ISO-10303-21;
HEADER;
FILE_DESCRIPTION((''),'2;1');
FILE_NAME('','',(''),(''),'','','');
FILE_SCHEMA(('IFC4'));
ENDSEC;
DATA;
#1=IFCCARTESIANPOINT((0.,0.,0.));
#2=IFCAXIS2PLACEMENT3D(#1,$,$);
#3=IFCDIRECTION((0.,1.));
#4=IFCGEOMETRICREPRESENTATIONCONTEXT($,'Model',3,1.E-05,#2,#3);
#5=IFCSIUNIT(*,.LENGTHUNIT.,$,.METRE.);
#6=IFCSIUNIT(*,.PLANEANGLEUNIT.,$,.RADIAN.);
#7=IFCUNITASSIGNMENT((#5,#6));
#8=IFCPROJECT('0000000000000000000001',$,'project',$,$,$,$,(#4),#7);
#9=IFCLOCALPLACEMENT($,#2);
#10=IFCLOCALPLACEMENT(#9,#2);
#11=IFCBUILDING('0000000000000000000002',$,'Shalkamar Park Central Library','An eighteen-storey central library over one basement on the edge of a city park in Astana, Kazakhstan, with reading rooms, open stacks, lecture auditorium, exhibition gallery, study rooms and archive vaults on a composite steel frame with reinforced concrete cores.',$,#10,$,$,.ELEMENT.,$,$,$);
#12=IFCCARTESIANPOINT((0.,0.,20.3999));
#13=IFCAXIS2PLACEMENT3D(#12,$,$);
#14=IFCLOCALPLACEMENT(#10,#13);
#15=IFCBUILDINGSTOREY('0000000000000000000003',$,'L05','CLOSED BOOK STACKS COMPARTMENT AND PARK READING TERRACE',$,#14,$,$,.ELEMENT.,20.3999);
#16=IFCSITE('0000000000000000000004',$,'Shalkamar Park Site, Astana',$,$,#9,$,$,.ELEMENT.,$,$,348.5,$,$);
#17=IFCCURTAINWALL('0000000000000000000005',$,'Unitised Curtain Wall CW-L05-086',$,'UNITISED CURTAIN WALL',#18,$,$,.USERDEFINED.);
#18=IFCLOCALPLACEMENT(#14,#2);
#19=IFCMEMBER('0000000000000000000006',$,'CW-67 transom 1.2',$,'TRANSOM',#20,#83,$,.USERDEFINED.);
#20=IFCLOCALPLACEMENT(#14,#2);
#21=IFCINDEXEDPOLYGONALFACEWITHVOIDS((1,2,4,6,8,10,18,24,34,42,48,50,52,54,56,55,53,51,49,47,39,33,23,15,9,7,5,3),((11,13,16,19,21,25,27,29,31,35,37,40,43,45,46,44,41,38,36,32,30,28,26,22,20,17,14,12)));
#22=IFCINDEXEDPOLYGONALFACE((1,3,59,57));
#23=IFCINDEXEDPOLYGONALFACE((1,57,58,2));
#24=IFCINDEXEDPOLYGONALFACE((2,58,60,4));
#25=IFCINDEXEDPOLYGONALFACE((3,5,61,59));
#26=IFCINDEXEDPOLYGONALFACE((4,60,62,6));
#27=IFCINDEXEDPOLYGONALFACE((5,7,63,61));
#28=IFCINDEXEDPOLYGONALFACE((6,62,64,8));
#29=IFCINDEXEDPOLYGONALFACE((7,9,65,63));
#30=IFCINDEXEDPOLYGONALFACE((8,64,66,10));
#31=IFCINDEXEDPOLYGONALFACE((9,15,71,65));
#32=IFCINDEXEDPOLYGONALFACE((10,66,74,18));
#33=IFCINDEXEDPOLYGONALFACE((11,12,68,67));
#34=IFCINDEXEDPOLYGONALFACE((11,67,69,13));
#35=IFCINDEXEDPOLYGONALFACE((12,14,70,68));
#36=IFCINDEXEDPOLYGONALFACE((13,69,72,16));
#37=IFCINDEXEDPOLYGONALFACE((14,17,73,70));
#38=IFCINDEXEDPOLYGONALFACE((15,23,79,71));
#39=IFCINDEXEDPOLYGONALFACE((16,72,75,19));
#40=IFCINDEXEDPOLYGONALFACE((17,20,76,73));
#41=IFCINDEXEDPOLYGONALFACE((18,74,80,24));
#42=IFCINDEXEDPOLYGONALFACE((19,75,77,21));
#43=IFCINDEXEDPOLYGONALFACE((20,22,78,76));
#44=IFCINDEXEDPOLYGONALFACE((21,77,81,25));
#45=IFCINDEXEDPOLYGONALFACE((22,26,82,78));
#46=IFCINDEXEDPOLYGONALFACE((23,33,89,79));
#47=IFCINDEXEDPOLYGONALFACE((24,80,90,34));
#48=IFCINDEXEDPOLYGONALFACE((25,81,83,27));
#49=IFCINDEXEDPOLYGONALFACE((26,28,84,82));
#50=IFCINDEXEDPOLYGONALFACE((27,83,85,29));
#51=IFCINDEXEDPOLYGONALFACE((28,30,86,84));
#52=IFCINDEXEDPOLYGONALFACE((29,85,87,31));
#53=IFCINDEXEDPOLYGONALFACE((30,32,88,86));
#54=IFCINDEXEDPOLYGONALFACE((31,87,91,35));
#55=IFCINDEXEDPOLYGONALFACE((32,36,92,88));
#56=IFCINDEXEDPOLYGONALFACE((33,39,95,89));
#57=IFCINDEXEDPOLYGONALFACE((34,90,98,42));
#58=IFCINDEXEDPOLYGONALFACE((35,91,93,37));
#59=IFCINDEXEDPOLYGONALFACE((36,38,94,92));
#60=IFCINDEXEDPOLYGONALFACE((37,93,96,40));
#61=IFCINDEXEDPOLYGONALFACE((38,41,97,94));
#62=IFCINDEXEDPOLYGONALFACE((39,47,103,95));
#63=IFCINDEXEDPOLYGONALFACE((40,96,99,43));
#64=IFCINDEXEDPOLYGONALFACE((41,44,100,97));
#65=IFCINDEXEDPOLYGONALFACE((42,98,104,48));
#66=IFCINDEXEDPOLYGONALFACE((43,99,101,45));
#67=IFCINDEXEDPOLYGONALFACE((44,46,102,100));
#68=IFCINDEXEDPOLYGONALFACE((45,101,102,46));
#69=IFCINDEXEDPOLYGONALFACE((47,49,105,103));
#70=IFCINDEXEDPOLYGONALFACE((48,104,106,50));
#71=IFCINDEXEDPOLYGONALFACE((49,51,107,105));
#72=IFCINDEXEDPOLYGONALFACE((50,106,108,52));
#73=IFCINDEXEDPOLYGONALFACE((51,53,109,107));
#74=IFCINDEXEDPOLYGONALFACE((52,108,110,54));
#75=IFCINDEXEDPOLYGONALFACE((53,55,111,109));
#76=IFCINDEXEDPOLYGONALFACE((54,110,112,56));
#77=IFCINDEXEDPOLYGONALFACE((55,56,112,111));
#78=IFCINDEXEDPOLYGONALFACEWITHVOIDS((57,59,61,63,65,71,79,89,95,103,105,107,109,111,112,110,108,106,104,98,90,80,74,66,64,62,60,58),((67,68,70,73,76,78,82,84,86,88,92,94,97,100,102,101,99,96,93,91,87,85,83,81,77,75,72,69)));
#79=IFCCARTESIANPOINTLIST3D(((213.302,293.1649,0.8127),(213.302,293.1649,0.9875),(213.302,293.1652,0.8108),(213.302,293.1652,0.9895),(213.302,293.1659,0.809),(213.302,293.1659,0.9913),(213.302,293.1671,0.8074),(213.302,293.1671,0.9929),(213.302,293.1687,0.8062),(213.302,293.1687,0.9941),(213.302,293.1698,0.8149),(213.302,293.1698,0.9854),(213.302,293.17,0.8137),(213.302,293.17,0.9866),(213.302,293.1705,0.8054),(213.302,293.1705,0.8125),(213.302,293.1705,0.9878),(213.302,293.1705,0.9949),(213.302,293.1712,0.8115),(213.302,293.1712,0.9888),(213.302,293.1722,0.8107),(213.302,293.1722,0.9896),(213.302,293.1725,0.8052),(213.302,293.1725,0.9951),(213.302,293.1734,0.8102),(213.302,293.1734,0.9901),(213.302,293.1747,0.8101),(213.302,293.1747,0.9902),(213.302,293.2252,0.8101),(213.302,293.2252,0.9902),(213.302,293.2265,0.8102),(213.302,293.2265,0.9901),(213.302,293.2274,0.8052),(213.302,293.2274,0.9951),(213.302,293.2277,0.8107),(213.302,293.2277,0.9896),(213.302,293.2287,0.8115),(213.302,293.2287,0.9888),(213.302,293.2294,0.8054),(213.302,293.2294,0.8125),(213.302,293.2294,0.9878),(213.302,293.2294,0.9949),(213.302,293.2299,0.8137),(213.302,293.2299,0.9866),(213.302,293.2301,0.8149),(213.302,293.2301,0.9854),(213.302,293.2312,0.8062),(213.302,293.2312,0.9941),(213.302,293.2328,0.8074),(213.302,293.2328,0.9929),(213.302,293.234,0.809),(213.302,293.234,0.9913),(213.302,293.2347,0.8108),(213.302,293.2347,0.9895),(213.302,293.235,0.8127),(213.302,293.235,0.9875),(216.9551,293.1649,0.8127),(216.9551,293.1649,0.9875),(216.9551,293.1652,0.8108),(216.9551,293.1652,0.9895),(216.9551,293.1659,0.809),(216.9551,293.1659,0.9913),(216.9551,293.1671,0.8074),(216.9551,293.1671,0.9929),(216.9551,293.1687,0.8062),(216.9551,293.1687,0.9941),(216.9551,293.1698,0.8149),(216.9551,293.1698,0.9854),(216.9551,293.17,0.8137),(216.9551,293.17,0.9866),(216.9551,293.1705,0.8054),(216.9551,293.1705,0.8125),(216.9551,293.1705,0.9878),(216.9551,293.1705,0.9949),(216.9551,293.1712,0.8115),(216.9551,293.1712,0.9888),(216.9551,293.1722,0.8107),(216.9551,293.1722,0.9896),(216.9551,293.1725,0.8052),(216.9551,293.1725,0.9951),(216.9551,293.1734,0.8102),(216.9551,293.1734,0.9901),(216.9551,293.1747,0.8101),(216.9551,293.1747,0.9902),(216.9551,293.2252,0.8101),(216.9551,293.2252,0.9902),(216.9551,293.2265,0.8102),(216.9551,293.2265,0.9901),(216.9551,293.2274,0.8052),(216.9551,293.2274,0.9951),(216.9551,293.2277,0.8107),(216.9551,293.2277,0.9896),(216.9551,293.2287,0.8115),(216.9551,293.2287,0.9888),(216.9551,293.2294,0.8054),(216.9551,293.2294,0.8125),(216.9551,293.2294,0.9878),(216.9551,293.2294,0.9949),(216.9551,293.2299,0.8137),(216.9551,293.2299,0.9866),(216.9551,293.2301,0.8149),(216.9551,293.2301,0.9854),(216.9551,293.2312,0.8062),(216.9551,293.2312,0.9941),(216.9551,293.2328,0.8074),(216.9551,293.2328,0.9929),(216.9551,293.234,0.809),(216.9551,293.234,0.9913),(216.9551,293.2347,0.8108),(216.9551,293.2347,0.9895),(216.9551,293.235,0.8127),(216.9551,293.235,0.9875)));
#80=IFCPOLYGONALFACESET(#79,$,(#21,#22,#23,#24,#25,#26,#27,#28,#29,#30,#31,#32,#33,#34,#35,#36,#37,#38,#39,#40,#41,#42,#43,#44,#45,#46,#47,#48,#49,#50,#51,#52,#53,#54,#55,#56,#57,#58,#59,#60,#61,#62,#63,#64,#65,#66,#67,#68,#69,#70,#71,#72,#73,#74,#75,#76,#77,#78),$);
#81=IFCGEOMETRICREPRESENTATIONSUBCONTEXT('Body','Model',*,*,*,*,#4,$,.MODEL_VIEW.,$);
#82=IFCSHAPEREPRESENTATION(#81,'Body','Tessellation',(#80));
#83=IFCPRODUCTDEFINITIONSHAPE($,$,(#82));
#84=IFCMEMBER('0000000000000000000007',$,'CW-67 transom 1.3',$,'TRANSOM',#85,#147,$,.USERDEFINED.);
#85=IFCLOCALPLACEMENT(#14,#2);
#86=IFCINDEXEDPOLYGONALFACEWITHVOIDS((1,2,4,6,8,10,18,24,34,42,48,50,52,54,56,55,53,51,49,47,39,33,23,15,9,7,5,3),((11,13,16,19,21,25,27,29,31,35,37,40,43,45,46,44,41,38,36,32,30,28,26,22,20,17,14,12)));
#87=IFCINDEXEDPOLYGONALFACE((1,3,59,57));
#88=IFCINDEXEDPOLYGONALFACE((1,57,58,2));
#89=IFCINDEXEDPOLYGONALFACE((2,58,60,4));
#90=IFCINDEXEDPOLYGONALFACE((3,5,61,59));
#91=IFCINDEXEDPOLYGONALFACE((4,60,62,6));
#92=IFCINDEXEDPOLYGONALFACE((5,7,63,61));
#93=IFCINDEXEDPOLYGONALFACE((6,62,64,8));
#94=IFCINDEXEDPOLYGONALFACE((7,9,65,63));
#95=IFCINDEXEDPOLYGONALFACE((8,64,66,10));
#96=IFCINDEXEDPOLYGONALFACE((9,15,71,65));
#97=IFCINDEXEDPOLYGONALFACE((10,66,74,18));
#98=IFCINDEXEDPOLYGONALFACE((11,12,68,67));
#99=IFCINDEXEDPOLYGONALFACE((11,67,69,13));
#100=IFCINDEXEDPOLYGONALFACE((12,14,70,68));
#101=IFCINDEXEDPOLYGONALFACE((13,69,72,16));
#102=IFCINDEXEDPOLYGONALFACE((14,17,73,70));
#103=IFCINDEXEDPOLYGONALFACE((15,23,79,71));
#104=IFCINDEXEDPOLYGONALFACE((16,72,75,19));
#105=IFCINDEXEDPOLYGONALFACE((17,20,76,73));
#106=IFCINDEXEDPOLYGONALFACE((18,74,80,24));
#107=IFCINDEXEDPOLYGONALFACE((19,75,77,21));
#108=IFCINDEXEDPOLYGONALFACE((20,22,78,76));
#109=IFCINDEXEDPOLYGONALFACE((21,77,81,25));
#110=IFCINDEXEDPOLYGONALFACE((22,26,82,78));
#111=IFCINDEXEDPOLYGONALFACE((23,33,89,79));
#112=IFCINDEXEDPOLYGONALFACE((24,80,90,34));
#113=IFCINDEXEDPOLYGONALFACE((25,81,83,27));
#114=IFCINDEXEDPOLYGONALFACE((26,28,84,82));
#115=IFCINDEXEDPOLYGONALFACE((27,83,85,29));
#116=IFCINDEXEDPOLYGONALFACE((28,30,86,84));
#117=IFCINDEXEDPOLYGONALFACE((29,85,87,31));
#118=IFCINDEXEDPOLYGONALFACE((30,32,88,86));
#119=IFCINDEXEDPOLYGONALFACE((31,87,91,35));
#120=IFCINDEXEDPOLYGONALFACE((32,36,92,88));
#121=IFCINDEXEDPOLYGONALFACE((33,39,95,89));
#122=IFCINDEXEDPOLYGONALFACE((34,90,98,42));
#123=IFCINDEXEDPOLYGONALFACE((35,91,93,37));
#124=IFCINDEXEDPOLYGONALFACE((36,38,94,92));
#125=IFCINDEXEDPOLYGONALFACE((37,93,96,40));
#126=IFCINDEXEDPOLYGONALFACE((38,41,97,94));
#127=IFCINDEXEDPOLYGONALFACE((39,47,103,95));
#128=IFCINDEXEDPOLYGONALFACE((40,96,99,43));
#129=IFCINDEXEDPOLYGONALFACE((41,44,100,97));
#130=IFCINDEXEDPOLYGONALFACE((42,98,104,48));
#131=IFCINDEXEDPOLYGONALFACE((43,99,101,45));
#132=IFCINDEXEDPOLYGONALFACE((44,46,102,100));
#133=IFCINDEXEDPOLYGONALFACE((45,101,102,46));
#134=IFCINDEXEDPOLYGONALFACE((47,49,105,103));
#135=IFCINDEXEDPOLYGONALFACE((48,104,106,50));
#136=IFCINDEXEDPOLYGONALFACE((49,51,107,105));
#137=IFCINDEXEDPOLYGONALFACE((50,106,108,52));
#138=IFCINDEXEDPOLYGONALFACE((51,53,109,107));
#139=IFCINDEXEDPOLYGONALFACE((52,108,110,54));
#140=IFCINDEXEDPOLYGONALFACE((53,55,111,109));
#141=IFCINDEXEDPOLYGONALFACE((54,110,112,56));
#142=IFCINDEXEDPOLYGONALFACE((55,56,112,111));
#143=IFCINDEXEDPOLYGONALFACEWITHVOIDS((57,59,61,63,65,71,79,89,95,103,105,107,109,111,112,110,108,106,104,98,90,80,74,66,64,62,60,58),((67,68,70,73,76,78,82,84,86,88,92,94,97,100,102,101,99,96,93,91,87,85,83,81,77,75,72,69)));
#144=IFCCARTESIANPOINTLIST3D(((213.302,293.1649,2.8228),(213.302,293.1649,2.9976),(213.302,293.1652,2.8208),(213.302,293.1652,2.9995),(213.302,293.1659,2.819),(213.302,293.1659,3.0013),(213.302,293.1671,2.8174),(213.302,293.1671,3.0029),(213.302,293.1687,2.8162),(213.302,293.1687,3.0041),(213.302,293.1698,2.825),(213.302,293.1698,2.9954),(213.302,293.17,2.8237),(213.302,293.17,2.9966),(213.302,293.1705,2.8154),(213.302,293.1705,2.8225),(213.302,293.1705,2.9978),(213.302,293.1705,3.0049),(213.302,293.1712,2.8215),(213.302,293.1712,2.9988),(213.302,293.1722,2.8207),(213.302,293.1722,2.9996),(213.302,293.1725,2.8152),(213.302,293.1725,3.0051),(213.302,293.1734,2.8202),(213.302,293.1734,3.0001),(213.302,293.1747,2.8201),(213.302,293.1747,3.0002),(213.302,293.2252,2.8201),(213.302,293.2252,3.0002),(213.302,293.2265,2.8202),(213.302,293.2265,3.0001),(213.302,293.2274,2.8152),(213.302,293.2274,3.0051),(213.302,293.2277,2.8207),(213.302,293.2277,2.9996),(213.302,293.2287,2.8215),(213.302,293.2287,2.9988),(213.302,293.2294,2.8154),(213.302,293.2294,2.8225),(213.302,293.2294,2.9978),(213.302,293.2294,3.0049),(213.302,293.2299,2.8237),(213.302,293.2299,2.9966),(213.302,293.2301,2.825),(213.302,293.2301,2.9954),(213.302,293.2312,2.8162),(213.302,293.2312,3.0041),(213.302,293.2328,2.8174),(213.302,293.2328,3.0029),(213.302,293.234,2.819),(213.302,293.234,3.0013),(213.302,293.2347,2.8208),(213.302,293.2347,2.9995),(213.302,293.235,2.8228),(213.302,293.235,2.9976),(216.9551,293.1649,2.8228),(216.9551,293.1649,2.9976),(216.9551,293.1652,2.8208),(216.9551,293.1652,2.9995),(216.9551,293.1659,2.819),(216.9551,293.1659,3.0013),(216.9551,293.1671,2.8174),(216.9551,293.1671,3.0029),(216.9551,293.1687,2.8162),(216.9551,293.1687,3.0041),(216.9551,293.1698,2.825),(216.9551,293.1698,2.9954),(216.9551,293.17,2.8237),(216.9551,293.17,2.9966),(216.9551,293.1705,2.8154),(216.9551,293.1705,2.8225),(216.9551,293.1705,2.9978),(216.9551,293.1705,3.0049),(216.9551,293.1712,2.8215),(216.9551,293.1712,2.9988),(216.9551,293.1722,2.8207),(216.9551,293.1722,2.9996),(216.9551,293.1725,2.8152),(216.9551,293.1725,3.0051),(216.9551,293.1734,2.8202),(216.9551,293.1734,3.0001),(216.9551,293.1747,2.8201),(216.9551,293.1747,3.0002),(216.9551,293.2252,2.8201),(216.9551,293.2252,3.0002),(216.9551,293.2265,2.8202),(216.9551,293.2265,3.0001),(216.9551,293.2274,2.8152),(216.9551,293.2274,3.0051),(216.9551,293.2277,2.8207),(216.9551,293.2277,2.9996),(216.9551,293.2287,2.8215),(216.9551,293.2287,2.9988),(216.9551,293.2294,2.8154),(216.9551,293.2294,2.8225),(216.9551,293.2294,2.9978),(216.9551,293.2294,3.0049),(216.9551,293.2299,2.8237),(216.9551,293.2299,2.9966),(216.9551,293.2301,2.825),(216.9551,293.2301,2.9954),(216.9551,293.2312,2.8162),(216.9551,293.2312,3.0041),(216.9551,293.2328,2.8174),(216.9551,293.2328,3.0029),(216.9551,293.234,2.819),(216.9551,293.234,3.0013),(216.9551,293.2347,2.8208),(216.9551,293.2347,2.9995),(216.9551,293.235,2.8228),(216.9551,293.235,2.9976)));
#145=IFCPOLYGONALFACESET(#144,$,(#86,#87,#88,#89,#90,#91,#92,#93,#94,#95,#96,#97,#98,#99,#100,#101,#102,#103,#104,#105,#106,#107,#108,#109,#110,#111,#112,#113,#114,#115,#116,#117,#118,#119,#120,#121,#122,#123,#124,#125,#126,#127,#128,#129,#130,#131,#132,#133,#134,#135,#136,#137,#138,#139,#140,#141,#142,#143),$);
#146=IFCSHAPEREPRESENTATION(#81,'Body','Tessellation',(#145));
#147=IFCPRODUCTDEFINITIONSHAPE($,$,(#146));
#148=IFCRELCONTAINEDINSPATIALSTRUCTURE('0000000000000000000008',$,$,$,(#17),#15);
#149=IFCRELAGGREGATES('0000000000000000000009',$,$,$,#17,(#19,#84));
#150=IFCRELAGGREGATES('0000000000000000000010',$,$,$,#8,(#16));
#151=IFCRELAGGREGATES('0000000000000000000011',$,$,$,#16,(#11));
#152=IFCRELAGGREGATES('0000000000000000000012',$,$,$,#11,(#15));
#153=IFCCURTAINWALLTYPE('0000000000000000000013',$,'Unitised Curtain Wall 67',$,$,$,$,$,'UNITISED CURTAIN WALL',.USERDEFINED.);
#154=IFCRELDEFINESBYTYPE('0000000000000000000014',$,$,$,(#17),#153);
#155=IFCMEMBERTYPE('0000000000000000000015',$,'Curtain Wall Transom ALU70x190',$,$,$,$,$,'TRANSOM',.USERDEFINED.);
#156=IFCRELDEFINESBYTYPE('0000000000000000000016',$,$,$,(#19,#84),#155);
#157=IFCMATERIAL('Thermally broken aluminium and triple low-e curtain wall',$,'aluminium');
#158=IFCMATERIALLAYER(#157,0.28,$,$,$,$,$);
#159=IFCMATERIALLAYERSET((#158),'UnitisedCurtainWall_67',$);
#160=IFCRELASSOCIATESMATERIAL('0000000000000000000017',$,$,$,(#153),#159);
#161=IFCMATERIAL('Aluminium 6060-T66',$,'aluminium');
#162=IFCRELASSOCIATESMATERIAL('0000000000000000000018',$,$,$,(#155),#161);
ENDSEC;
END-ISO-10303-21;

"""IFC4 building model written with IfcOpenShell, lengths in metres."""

from ifc_helpers import new_model, si_unit, direction, frame, origin, origin_2d, place, context, subcontext, project, spatial, hollow_rectangle, extrude, material, layer, layer_set, material_profile, profile_set, type_object, element, aggregate, save


model = new_model("IFC4")

# Units and contexts
model_context = context("Model", 3, precision=1e-05, world=origin(), true_north=direction((0.0, 1.0)))
body_context = subcontext(model_context, "Body", "Model", "MODEL_VIEW")
ifc_project = project(units=[si_unit("LENGTHUNIT", "METRE"), si_unit("PLANEANGLEUNIT", "RADIAN")], contexts=[model_context])

# Site, building, storey
site_placement = place(None, origin())
site = spatial("IfcSite", under=ifc_project, at=site_placement, Name="Shalkamar Park Site, Astana", CompositionType="ELEMENT", RefElevation=348.5)
building_placement = place(site_placement, origin())
building = spatial("IfcBuilding", under=site, at=building_placement, Name="Shalkamar Park Central Library", Description="An eighteen-storey central library over one basement on the edge of a city park in Astana, Kazakhstan, with reading rooms, open stacks, lecture auditorium, exhibition gallery, study rooms and archive vaults on a composite steel frame with reinforced concrete cores.", CompositionType="ELEMENT")
storey_placement = place(building_placement, frame((0.0, 0.0, 20.3999)))
storey = spatial("IfcBuildingStorey", under=building, at=storey_placement, Name="L05", Description="CLOSED BOOK STACKS COMPARTMENT AND PARK READING TERRACE", CompositionType="ELEMENT", Elevation=20.3999)

# Curtain wall, members
ifc_material_1 = material(Name="Thermally broken aluminium and triple low-e curtain wall", Category="aluminium")
ifc_layer_1 = layer(ifc_material_1, 0.28)
ifc_layer_set_1 = layer_set([ifc_layer_1], Name="UnitisedCurtainWall_67")
curtain_wall_type = type_object("IfcCurtainWallType", Name="Unitised Curtain Wall 67", ElementType="UNITISED CURTAIN WALL", PredefinedType="USERDEFINED", material=ifc_layer_set_1)
curtain_wall_placement = place(storey_placement, origin())
curtain_wall = element("IfcCurtainWall", 1, at=curtain_wall_placement, inside=storey, type_object=curtain_wall_type, Name="Unitised Curtain Wall CW-L05-086", ObjectType="UNITISED CURTAIN WALL", PredefinedType="USERDEFINED")
ifc_material_2 = material(Name="Aluminium 6060-T66", Category="aluminium")
ifc_material_profile_1 = material_profile(ifc_material_2, hollow_rectangle(XDim=0.0701, YDim=0.1899, WallThickness=0.0049, InnerFilletRadius=0.0049, OuterFilletRadius=0.0076, at=origin_2d()), Name="ALU 70x190x5")
ifc_profile_set_1 = profile_set([ifc_material_profile_1], Name="Aluminium 6060-T66")
member_type_1 = type_object("IfcMemberType", Name="Curtain Wall Transom ALU70x190", ElementType="TRANSOM", PredefinedType="USERDEFINED", material=ifc_profile_set_1)
member_1_placement = place(storey_placement, frame((213.302, 293.2, 0.9001), z_axis=(1.0, 0.0, 0.0), x_axis=(0.0, 1.0, 0.0)))
member_1 = element("IfcMember", 2, at=member_1_placement, type_object=member_type_1, Name="CW-67 transom 1.2", ObjectType="TRANSOM", PredefinedType="USERDEFINED", context=body_context, shape_type="SweptSolid", body=[
    extrude(hollow_rectangle(XDim=0.0701, YDim=0.1899, WallThickness=0.0049, InnerFilletRadius=0.0049, OuterFilletRadius=0.0076, at=origin_2d()), origin(), (0.0, 0.0, 1.0), 3.6531),
])
member_2_placement = place(storey_placement, frame((213.302, 293.2, 2.9102), z_axis=(1.0, 0.0, 0.0), x_axis=(0.0, 1.0, 0.0)))
member_2 = element("IfcMember", 3, at=member_2_placement, type_object=member_type_1, Name="CW-67 transom 1.3", ObjectType="TRANSOM", PredefinedType="USERDEFINED", context=body_context, shape_type="SweptSolid", body=[
    extrude(hollow_rectangle(XDim=0.0701, YDim=0.1899, WallThickness=0.0049, InnerFilletRadius=0.0049, OuterFilletRadius=0.0076, at=origin_2d()), origin(), (0.0, 0.0, 1.0), 3.6531),
])

aggregate(curtain_wall, [member_1, member_2])

save(model, "model.ifc")
